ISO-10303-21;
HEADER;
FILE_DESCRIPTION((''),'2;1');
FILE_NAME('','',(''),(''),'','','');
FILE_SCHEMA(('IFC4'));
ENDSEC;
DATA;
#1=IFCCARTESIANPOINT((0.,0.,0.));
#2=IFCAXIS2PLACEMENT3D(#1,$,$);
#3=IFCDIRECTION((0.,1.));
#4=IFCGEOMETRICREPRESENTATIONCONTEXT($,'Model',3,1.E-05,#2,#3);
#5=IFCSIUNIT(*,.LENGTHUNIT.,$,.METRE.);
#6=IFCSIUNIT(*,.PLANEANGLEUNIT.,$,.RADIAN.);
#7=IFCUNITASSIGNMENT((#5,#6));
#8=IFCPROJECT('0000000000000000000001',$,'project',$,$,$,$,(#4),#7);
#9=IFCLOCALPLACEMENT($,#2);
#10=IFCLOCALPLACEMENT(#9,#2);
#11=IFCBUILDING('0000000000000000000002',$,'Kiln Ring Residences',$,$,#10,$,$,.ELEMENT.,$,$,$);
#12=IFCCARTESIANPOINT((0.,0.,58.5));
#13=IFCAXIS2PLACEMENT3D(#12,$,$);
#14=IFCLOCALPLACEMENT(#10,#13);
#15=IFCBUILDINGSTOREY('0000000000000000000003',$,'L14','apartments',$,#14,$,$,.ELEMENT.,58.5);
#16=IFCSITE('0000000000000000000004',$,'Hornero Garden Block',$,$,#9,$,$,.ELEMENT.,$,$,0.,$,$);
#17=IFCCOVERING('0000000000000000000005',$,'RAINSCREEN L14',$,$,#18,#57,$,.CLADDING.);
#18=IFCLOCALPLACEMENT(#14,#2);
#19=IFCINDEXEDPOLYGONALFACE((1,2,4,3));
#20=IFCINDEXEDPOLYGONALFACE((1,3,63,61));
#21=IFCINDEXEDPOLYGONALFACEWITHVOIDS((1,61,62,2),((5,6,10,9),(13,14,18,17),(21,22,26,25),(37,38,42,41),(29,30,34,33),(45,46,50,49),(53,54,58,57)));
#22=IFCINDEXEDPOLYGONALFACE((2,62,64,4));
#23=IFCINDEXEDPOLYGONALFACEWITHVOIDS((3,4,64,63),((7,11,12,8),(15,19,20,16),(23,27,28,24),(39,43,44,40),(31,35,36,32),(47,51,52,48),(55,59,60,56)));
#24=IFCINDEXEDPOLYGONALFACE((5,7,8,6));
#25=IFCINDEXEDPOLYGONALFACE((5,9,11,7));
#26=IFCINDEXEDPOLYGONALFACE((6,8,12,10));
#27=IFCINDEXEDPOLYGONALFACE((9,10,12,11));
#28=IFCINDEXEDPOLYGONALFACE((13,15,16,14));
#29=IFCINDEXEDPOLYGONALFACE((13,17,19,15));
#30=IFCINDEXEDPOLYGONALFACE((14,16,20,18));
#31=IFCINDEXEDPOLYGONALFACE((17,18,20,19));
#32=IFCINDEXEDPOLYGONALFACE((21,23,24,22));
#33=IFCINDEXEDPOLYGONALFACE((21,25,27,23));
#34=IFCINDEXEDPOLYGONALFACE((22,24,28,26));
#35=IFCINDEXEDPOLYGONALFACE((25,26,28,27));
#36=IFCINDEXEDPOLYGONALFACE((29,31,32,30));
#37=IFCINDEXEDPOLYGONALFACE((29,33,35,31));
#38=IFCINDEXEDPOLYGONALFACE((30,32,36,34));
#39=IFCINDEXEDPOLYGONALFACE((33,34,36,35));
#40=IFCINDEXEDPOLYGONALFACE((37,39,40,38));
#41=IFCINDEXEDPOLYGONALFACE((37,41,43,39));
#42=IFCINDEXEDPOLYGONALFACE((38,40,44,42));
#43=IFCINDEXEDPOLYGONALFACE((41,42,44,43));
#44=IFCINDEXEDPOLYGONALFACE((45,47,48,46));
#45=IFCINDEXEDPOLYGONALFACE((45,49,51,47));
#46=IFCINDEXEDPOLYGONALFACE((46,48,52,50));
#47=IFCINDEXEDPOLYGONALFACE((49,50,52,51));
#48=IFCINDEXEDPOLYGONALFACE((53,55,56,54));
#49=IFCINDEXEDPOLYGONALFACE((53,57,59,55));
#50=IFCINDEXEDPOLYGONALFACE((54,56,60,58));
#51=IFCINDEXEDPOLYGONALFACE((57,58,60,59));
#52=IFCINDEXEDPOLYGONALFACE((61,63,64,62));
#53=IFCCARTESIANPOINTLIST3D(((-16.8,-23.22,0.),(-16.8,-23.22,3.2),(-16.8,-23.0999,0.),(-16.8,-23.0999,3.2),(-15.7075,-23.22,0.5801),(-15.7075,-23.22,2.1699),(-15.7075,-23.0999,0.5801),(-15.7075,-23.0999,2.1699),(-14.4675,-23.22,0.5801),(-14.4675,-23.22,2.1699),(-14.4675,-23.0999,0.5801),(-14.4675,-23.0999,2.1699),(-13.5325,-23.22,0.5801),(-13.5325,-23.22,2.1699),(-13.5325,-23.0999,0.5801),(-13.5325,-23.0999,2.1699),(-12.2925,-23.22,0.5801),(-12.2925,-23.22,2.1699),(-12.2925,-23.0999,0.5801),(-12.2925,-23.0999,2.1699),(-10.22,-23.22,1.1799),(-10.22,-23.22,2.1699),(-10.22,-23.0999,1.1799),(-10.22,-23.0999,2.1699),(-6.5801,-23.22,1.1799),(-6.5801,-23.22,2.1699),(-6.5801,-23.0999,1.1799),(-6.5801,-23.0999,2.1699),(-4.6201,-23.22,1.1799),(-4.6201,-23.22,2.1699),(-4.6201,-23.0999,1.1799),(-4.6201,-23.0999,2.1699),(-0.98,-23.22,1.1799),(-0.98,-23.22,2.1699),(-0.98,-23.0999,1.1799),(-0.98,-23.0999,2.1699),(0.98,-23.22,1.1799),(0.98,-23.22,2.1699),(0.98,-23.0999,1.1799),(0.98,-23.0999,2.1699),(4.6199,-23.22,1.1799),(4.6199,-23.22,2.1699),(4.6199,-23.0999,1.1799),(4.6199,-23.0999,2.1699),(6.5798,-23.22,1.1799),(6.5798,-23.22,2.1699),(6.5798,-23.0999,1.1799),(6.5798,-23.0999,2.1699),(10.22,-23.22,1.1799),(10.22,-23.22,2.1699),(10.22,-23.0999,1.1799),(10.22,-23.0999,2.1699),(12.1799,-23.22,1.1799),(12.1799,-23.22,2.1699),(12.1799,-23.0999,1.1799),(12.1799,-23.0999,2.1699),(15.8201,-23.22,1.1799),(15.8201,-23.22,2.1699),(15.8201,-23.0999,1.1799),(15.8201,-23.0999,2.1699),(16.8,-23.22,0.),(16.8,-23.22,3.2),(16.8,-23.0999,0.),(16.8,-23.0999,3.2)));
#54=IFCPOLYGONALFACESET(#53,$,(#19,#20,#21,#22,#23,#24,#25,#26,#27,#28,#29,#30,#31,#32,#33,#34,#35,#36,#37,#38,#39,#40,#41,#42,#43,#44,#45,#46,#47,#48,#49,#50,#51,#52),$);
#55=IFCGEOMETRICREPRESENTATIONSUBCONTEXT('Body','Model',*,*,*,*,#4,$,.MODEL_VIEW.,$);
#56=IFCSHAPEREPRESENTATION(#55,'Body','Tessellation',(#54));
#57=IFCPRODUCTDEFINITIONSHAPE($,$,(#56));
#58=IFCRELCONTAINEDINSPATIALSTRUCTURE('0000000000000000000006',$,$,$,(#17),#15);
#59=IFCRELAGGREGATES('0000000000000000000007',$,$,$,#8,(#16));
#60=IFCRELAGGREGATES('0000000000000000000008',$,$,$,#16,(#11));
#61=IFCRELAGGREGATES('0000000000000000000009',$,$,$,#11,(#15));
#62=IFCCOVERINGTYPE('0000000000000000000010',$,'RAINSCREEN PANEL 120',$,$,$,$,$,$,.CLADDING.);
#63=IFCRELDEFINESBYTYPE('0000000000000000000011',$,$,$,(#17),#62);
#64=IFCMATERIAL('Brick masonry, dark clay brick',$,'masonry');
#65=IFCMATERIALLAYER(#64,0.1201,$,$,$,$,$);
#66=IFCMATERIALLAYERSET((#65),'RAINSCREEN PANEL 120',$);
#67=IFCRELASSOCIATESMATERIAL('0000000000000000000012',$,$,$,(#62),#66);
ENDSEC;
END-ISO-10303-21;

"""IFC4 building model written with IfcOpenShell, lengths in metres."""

from ifc_helpers import new_model, si_unit, direction, frame, origin, place, context, subcontext, project, spatial, polyline, outline, extrude, material, layer, layer_set, type_object, element, save


model = new_model("IFC4")

# Units and contexts
model_context = context("Model", 3, precision=1e-05, world=origin(), true_north=direction((0.0, 1.0)))
body_context = subcontext(model_context, "Body", "Model", "MODEL_VIEW")
ifc_project = project(units=[si_unit("LENGTHUNIT", "METRE"), si_unit("PLANEANGLEUNIT", "RADIAN")], contexts=[model_context])

# Site, building, storey
site_placement = place(None, origin())
site = spatial("IfcSite", under=ifc_project, at=site_placement, Name="Hornero Garden Block", CompositionType="ELEMENT", RefElevation=0.0)
building_placement = place(site_placement, origin())
building = spatial("IfcBuilding", under=site, at=building_placement, Name="Kiln Ring Residences", CompositionType="ELEMENT")
storey_placement = place(building_placement, frame((0.0, 0.0, 58.5)))
storey = spatial("IfcBuildingStorey", under=building, at=storey_placement, Name="L14", Description="apartments", CompositionType="ELEMENT", Elevation=58.5)

# Covering
ifc_material_1 = material(Name="Brick masonry, dark clay brick", Category="masonry")
ifc_layer_1 = layer(ifc_material_1, 0.1201)
ifc_layer_set_1 = layer_set([ifc_layer_1], Name="RAINSCREEN PANEL 120")
covering_type = type_object("IfcCoveringType", Name="RAINSCREEN PANEL 120", PredefinedType="CLADDING", material=ifc_layer_set_1)
covering_placement = place(storey_placement, frame((-16.8, -23.1599, 0.0), z_axis=(0.0, 0.0, 1.0), x_axis=(1.0, 0.0, 0.0)))
element("IfcCovering", 1, at=covering_placement, inside=storey, type_object=covering_type, Name="RAINSCREEN L14", PredefinedType="CLADDING", context=body_context, shape_type="SweptSolid", body=[
    extrude(outline(polyline([(0.0, 0.0), (33.6001, 0.0), (33.6001, 3.2), (0.0, 3.2), (0.0, 0.0)]), holes=[polyline([(2.3325, 0.5801), (2.3325, 2.1699), (1.0925, 2.1699), (1.0925, 0.5801), (2.3325, 0.5801)]), polyline([(3.2676, 0.5801), (4.5076, 0.5801), (4.5076, 2.1699), (3.2676, 2.1699), (3.2676, 0.5801)]), polyline([(6.5801, 1.1799), (10.22, 1.1799), (10.22, 2.1699), (6.5801, 2.1699), (6.5801, 1.1799)]), polyline([(12.1799, 1.1799), (15.8201, 1.1799), (15.8201, 2.1699), (12.1799, 2.1699), (12.1799, 1.1799)]), polyline([(17.78, 1.1799), (21.4199, 1.1799), (21.4199, 2.1699), (17.78, 2.1699), (17.78, 1.1799)]), polyline([(23.3799, 1.1799), (27.02, 1.1799), (27.02, 2.1699), (23.3799, 2.1699), (23.3799, 1.1799)]), polyline([(28.98, 1.1799), (32.6201, 1.1799), (32.6201, 2.1699), (28.98, 2.1699), (28.98, 1.1799)])]), frame((0.0, 0.0601, 0.0), z_axis=(0.0, -1.0, 0.0), x_axis=(1.0, 0.0, 0.0)), (0.0, 0.0, 1.0), 0.1201),
])

save(model, "model.ifc")
